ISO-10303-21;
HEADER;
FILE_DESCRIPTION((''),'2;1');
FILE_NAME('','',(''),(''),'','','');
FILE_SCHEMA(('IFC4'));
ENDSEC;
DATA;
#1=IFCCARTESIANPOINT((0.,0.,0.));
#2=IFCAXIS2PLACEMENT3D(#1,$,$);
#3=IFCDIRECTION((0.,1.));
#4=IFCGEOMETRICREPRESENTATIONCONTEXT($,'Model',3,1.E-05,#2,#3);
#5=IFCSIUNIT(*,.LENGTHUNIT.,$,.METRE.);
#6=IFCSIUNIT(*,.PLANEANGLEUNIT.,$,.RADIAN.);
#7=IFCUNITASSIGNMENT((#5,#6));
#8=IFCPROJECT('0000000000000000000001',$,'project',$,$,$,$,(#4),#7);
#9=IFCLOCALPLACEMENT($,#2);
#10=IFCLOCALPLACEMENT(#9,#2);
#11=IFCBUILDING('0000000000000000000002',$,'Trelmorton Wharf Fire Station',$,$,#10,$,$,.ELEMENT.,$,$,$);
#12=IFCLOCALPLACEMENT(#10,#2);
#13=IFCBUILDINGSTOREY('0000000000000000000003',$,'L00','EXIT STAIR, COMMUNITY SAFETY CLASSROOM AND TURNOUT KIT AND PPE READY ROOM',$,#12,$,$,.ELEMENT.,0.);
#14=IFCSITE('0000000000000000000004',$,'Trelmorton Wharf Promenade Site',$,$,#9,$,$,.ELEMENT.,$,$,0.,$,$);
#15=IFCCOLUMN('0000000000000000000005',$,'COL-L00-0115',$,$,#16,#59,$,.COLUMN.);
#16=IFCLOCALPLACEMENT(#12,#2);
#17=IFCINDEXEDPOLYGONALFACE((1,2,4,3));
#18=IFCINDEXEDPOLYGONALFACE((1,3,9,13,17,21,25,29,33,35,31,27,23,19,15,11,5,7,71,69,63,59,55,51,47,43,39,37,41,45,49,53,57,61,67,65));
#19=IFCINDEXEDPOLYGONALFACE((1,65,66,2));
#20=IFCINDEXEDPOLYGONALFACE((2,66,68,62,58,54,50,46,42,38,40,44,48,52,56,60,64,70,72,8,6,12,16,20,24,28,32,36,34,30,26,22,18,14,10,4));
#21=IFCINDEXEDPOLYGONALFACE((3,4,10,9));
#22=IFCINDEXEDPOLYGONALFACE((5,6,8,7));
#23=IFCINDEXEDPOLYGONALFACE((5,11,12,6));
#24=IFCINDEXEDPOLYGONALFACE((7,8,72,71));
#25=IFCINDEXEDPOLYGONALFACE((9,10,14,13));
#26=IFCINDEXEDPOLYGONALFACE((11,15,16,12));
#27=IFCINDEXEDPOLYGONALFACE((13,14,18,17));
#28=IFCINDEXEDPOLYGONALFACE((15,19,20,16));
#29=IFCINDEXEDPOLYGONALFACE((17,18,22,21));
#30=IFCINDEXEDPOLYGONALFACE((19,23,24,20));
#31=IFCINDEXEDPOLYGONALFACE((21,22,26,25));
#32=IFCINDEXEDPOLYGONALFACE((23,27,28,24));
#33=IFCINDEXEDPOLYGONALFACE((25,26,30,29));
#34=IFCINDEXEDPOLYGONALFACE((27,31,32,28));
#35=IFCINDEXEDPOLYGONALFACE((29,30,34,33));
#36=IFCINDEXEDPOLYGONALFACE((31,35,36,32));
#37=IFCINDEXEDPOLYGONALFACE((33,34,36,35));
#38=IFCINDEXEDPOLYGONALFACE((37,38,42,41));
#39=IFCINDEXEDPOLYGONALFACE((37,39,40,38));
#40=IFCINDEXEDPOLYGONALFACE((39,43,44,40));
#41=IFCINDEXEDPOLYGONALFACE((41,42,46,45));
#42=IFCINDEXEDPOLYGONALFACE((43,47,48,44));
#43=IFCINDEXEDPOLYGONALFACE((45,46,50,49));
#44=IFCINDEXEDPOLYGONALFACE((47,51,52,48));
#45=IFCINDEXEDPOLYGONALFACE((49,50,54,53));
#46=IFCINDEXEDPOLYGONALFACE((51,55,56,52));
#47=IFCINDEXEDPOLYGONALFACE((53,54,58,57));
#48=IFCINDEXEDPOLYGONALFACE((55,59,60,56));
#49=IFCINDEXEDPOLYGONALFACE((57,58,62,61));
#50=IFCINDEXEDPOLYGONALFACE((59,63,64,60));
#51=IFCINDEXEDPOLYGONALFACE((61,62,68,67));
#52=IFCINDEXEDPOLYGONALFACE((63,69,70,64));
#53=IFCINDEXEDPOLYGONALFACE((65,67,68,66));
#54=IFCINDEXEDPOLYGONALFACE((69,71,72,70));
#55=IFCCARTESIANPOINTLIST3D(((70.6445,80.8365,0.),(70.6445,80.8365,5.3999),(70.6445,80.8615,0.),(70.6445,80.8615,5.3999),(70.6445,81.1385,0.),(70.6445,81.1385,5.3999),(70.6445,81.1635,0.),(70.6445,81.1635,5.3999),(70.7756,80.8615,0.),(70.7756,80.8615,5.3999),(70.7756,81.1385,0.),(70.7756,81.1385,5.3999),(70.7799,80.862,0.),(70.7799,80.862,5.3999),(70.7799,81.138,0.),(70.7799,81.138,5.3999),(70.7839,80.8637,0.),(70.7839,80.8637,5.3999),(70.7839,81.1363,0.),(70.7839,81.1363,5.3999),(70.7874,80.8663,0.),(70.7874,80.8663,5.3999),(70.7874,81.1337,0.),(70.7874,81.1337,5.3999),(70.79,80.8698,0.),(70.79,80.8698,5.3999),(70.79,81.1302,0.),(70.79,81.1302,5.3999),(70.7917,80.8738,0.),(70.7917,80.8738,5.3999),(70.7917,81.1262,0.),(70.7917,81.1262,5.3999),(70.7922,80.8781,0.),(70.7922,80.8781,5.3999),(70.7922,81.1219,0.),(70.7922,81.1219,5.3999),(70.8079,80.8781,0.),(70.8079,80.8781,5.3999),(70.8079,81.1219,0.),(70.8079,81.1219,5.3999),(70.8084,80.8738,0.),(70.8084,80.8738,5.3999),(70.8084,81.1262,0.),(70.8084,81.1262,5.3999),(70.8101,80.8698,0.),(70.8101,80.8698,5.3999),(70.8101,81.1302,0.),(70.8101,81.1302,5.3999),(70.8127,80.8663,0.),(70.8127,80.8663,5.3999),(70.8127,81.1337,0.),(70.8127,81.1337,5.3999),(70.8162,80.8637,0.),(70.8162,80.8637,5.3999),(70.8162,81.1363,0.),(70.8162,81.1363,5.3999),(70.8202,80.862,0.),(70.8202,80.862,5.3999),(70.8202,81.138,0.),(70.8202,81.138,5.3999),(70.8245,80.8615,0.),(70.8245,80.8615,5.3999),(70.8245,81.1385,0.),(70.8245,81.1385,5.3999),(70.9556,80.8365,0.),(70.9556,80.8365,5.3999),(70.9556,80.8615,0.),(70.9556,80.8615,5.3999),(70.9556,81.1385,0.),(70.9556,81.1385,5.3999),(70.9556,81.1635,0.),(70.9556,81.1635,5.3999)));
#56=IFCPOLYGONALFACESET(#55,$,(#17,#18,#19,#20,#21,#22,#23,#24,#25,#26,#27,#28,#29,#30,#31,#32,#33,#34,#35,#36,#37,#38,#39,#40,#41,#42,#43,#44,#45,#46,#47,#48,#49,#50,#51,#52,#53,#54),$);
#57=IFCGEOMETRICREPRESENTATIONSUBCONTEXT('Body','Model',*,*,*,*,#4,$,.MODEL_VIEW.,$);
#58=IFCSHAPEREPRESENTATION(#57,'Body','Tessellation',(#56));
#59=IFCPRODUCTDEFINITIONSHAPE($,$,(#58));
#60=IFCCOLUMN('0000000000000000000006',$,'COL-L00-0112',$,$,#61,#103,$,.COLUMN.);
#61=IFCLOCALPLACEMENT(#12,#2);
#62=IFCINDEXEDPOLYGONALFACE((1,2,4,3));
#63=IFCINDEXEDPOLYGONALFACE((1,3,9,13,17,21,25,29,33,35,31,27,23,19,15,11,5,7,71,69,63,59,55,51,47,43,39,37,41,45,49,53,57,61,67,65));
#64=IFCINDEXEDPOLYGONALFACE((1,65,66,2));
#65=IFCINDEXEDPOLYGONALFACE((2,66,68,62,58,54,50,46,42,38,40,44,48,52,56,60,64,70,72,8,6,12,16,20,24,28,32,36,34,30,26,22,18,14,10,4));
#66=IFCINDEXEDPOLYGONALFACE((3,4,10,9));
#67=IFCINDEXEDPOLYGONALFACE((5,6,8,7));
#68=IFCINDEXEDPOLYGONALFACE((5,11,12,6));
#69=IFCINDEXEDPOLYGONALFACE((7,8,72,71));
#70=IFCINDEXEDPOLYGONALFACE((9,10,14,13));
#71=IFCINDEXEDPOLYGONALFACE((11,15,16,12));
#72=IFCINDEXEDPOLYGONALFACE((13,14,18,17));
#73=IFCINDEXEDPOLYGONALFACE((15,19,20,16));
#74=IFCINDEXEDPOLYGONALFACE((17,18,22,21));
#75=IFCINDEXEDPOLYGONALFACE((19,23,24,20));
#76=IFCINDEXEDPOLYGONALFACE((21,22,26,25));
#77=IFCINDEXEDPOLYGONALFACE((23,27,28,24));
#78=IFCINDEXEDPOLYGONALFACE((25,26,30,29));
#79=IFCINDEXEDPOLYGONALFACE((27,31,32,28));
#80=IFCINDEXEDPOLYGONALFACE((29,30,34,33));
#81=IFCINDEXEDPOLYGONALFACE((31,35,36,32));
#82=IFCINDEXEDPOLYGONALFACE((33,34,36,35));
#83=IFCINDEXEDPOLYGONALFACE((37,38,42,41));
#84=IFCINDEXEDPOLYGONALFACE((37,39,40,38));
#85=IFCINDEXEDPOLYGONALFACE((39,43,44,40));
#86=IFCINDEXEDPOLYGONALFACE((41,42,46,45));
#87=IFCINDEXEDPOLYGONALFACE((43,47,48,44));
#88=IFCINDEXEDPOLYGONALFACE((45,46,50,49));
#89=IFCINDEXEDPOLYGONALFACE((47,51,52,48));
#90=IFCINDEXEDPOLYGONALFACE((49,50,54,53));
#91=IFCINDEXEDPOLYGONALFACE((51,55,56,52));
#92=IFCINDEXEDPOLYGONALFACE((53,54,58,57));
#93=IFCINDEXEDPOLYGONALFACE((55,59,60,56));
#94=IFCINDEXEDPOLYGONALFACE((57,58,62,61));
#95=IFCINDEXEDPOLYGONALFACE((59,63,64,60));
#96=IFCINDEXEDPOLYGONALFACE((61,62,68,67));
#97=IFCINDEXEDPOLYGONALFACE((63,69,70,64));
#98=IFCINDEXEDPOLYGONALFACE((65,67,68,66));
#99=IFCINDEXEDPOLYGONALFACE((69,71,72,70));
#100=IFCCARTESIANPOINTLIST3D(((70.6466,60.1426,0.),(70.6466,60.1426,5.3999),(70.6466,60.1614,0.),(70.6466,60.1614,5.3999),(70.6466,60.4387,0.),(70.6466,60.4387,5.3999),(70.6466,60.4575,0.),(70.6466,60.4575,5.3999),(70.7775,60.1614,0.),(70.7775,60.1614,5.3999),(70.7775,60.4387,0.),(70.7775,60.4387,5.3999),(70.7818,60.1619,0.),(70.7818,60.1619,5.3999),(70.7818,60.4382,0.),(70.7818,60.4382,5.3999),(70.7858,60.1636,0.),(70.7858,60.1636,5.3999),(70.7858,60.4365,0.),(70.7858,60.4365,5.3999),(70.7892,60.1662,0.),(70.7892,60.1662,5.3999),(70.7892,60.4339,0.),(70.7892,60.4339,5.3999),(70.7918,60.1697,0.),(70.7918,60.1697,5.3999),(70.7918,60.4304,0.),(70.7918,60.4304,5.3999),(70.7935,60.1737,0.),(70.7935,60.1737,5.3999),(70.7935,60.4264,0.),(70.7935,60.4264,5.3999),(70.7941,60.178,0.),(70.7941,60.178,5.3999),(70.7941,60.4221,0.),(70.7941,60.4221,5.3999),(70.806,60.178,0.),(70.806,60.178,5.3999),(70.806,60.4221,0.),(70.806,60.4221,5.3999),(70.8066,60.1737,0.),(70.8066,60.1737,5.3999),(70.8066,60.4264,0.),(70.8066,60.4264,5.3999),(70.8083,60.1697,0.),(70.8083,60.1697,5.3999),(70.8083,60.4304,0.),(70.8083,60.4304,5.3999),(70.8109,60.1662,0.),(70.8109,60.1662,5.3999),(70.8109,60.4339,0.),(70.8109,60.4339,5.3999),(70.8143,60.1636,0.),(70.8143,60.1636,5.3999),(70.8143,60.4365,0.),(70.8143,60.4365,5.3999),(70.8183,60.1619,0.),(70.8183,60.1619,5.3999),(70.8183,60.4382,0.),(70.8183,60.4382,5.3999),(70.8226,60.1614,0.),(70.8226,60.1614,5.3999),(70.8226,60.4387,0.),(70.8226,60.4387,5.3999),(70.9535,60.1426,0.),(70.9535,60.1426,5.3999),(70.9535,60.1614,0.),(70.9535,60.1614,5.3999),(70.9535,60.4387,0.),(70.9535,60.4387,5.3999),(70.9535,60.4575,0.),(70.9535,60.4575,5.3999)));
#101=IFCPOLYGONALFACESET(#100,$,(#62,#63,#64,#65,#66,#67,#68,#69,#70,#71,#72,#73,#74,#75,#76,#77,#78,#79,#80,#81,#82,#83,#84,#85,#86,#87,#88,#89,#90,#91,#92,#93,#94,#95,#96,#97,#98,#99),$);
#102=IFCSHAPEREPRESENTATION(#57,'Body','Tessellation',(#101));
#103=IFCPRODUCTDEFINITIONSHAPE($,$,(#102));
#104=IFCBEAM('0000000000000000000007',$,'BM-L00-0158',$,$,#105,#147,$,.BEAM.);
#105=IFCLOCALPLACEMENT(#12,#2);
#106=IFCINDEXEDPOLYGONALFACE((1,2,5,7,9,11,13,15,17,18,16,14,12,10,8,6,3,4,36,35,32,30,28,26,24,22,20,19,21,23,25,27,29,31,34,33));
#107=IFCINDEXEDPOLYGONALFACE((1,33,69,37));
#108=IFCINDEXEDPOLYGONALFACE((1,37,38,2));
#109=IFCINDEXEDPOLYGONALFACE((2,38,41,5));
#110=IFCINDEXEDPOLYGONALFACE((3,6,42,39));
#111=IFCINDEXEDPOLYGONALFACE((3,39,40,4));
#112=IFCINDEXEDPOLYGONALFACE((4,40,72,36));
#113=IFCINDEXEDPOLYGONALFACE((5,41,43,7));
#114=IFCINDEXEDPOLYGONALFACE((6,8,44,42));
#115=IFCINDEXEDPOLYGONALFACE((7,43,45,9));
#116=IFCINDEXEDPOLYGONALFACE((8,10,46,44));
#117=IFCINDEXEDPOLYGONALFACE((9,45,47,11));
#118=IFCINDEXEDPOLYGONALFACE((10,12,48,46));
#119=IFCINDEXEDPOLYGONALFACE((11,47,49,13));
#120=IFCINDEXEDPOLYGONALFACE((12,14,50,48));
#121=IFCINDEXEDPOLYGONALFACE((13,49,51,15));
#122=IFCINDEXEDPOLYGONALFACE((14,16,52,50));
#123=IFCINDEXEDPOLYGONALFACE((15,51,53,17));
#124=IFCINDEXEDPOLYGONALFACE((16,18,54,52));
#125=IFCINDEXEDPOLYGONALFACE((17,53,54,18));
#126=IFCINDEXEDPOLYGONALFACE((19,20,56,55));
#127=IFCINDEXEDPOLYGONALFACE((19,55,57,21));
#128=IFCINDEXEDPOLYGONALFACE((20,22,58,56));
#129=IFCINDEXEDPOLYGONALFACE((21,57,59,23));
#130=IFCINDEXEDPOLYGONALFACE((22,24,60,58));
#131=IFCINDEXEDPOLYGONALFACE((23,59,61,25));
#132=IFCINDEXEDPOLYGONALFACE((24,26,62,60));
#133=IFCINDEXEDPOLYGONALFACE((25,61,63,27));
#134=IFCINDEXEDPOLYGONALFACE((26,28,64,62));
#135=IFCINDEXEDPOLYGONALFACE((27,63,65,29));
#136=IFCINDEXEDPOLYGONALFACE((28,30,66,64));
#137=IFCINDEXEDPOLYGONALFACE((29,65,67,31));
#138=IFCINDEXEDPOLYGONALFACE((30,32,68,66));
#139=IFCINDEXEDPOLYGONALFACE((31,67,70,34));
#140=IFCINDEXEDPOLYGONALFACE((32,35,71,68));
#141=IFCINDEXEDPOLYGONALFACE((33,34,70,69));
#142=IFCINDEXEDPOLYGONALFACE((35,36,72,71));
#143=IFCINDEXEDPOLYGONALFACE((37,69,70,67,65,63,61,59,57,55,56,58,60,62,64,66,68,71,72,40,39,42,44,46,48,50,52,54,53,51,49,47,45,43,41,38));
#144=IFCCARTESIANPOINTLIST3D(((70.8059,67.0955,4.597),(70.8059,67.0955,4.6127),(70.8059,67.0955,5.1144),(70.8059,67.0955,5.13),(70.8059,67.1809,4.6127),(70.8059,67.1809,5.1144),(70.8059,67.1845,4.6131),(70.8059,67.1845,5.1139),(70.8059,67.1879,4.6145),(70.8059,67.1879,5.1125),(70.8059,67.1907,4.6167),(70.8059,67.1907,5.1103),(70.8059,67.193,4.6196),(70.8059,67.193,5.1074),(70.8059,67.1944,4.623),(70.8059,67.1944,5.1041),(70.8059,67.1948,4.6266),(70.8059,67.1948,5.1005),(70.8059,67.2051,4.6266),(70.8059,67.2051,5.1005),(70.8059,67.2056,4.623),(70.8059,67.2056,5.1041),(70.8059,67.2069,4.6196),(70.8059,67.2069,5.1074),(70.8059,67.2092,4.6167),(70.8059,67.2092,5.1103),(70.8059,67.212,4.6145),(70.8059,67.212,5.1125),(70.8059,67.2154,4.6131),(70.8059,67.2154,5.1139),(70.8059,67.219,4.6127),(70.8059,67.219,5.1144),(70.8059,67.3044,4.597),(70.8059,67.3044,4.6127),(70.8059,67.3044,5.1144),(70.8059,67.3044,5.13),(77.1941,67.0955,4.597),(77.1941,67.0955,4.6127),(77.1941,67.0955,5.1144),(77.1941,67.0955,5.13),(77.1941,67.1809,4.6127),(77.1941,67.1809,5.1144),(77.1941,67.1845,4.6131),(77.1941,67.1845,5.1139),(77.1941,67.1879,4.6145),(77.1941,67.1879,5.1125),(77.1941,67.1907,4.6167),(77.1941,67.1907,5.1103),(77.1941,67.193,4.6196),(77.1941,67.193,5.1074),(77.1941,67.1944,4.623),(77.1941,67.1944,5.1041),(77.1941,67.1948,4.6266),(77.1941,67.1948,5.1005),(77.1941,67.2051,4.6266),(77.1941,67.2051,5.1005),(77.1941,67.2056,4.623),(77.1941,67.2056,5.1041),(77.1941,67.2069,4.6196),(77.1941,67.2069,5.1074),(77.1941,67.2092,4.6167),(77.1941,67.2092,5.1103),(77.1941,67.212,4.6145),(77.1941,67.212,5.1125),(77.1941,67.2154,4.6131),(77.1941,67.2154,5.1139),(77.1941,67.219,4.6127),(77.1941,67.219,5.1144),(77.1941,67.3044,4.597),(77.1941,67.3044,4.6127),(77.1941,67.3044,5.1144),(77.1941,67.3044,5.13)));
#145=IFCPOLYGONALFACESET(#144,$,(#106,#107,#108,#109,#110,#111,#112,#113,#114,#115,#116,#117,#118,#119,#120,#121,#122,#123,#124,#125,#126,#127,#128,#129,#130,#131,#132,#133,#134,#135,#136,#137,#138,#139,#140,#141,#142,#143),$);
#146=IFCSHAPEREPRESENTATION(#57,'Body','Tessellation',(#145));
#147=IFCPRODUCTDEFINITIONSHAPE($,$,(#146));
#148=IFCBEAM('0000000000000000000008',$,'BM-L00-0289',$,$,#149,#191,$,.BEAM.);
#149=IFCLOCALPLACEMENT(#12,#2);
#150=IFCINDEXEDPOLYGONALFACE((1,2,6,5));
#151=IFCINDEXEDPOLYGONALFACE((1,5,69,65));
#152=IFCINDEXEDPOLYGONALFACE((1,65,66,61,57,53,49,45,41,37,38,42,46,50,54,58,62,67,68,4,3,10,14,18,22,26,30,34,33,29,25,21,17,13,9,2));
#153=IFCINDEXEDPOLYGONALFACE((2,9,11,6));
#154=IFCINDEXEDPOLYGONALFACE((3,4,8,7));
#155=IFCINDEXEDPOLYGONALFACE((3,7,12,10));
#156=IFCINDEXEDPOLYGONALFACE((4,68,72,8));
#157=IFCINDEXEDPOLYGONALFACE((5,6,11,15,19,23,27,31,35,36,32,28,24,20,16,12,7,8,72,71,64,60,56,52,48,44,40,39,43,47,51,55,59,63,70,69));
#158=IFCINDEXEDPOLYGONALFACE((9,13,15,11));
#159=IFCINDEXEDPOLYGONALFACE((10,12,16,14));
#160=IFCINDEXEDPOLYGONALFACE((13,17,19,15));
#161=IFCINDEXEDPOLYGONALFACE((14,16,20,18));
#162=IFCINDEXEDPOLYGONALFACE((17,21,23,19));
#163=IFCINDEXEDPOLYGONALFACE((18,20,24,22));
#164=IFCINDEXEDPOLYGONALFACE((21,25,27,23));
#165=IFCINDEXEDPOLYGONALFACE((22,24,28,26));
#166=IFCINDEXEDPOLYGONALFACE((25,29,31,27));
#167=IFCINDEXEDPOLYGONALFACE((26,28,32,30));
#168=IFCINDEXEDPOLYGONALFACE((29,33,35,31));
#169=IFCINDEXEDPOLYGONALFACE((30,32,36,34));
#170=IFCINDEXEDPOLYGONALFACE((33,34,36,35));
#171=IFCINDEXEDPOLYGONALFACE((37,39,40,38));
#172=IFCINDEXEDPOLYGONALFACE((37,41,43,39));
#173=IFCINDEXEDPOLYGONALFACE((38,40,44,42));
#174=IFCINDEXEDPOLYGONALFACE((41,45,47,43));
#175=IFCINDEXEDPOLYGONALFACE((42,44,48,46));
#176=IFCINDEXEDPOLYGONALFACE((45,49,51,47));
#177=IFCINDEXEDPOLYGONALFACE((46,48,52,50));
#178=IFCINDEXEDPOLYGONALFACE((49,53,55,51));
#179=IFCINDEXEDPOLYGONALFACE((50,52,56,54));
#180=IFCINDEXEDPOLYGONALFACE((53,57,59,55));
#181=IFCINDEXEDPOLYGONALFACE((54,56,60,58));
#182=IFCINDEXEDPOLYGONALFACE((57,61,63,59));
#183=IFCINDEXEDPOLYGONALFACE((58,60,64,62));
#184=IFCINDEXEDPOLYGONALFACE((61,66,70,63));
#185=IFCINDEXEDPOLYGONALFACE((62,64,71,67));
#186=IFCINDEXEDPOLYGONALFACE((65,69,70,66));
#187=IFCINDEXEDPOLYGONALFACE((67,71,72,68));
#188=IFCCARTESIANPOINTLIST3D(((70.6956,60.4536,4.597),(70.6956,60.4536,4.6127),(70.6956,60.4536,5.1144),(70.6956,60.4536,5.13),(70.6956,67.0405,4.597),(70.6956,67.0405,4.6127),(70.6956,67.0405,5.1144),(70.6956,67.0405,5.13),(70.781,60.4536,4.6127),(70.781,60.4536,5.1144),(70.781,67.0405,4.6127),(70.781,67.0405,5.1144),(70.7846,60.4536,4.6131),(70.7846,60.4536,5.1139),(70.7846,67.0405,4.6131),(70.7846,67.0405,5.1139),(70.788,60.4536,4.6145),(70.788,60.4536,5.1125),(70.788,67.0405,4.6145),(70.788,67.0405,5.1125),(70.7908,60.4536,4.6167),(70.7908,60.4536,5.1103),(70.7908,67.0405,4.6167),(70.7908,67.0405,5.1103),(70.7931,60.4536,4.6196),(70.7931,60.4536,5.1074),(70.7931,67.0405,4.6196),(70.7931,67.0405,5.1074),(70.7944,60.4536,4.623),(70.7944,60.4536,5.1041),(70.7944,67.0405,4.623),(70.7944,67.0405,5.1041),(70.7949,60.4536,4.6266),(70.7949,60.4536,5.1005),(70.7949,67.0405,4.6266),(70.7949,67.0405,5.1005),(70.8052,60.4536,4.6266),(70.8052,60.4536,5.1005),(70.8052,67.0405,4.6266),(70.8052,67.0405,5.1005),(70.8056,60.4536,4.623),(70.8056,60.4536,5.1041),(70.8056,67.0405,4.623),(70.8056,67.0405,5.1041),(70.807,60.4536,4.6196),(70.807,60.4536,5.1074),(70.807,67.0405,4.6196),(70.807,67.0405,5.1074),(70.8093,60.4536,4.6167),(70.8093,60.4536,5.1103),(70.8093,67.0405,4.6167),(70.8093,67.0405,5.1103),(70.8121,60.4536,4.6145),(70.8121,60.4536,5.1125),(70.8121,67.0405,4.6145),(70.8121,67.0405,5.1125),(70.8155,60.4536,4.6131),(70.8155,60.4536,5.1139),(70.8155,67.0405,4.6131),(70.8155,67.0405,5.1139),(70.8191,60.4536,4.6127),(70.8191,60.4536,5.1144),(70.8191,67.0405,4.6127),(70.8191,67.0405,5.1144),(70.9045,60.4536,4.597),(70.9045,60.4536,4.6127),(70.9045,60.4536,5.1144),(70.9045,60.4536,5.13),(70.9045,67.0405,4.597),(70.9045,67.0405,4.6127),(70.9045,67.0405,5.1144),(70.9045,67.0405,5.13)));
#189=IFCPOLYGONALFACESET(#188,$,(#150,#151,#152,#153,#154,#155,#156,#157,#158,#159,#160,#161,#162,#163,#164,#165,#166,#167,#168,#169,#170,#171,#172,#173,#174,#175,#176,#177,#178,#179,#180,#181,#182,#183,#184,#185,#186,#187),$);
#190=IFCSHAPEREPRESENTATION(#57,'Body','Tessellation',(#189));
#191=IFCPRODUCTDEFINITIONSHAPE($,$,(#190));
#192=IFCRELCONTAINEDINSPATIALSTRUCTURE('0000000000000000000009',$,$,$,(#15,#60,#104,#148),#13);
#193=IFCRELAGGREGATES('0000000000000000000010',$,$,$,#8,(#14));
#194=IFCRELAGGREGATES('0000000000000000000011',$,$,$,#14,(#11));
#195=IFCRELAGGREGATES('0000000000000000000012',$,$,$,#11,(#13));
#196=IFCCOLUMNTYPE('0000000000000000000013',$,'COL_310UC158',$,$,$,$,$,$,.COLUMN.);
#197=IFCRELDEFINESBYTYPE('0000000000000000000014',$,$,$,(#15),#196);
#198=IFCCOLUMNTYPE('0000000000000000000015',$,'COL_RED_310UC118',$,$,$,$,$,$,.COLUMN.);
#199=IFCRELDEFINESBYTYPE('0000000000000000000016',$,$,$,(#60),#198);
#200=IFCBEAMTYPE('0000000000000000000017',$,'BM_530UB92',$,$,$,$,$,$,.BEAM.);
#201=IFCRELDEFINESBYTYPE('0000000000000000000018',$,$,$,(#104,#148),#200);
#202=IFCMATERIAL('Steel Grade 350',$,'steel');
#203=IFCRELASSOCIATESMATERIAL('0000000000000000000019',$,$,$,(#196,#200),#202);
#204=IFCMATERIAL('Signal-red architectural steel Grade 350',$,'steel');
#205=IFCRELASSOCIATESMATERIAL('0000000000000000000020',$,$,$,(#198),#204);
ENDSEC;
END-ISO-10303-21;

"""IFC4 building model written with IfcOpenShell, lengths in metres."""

from ifc_helpers import new_model, si_unit, direction, frame, origin, origin_2d, place, context, subcontext, project, spatial, i_section, extrude, material, material_profile, profile_set, type_object, element, save


model = new_model("IFC4")

# Units and contexts
model_context = context("Model", 3, precision=1e-05, world=origin(), true_north=direction((0.0, 1.0)))
body_context = subcontext(model_context, "Body", "Model", "MODEL_VIEW")
ifc_project = project(units=[si_unit("LENGTHUNIT", "METRE"), si_unit("PLANEANGLEUNIT", "RADIAN")], contexts=[model_context])

# Site, building, storey
site_placement = place(None, origin())
site = spatial("IfcSite", under=ifc_project, at=site_placement, Name="Trelmorton Wharf Promenade Site", CompositionType="ELEMENT", RefElevation=0.0)
building_placement = place(site_placement, origin())
building = spatial("IfcBuilding", under=site, at=building_placement, Name="Trelmorton Wharf Fire Station", CompositionType="ELEMENT")
storey_placement = place(building_placement, origin())
storey = spatial("IfcBuildingStorey", under=building, at=storey_placement, Name="L00", Description="EXIT STAIR, COMMUNITY SAFETY CLASSROOM AND TURNOUT KIT AND PPE READY ROOM", CompositionType="ELEMENT", Elevation=0.0)

# Columns
ifc_material_1 = material(Name="Steel Grade 350", Category="steel")
ifc_material_profile_1 = material_profile(ifc_material_1, i_section(OverallWidth=0.311, OverallDepth=0.3269, WebThickness=0.0156, FlangeThickness=0.0249, FilletRadius=0.0166, at=origin_2d()), Name="310UC158")
ifc_profile_set_1 = profile_set([ifc_material_profile_1], Name="Steel Grade 350")
column_type_1 = type_object("IfcColumnType", Name="COL_310UC158", PredefinedType="COLUMN", material=ifc_profile_set_1)
for number, where, z_axis, x_axis, name in (
    (1, (70.8, 81.0, 0.0), (0.0, 0.0, 1.0), (1.0, 0.0, 0.0), "COL-L00-0115"),
):
    element("IfcColumn", number, at=place(storey_placement, frame(where, z_axis=z_axis, x_axis=x_axis)), inside=storey, type_object=column_type_1, Name=name, PredefinedType="COLUMN", context=body_context, shape_type="SweptSolid", body=[
        extrude(i_section(OverallWidth=0.311, OverallDepth=0.3269, WebThickness=0.0156, FlangeThickness=0.0249, FilletRadius=0.0166, at=origin_2d()), origin(), (0.0, 0.0, 1.0), 5.3999),
    ])
ifc_material_2 = material(Name="Signal-red architectural steel Grade 350", Category="steel")
ifc_material_profile_2 = material_profile(ifc_material_2, i_section(OverallWidth=0.3069, OverallDepth=0.3149, WebThickness=0.012, FlangeThickness=0.0188, FilletRadius=0.0166, at=origin_2d()), Name="310UC118")
ifc_profile_set_2 = profile_set([ifc_material_profile_2], Name="Signal-red architectural steel Grade 350")
column_type_2 = type_object("IfcColumnType", Name="COL_RED_310UC118", PredefinedType="COLUMN", material=ifc_profile_set_2)
column_placement = place(storey_placement, frame((70.8, 60.3, 0.0), z_axis=(0.0, 0.0, 1.0), x_axis=(1.0, 0.0, 0.0)))
element("IfcColumn", 2, at=column_placement, inside=storey, type_object=column_type_2, Name="COL-L00-0112", PredefinedType="COLUMN", context=body_context, shape_type="SweptSolid", body=[
    extrude(i_section(OverallWidth=0.3069, OverallDepth=0.3149, WebThickness=0.012, FlangeThickness=0.0188, FilletRadius=0.0166, at=origin_2d()), origin(), (0.0, 0.0, 1.0), 5.3999),
])

# Beams
ifc_material_profile_3 = material_profile(ifc_material_1, i_section(OverallWidth=0.209, OverallDepth=0.533, WebThickness=0.0103, FlangeThickness=0.0156, FilletRadius=0.0139, at=origin_2d()), Name="530UB92.4")
ifc_profile_set_3 = profile_set([ifc_material_profile_3], Name="Steel Grade 350")
beam_type_1 = type_object("IfcBeamType", Name="BM_530UB92", PredefinedType="BEAM", material=ifc_profile_set_3)
beam_1_placement = place(storey_placement, frame((70.8059, 67.2, 4.8635), z_axis=(1.0, 0.0, 0.0), x_axis=(0.0, 1.0, 0.0)))
element("IfcBeam", 3, at=beam_1_placement, inside=storey, type_object=beam_type_1, Name="BM-L00-0158", PredefinedType="BEAM", context=body_context, shape_type="SweptSolid", body=[
    extrude(i_section(OverallWidth=0.209, OverallDepth=0.533, WebThickness=0.0103, FlangeThickness=0.0156, FilletRadius=0.0139, at=origin_2d()), origin(), (0.0, 0.0, 1.0), 6.3882),
])
beam_2_placement = place(storey_placement, frame((70.8, 60.4536, 4.8635), z_axis=(0.0, 1.0, 0.0), x_axis=(-1.0, 0.0, 0.0)))
element("IfcBeam", 4, at=beam_2_placement, inside=storey, type_object=beam_type_1, Name="BM-L00-0289", PredefinedType="BEAM", context=body_context, shape_type="SweptSolid", body=[
    extrude(i_section(OverallWidth=0.209, OverallDepth=0.533, WebThickness=0.0103, FlangeThickness=0.0156, FilletRadius=0.0139, at=origin_2d()), origin(), (0.0, 0.0, 1.0), 6.5869),
])

save(model, "model.ifc")
